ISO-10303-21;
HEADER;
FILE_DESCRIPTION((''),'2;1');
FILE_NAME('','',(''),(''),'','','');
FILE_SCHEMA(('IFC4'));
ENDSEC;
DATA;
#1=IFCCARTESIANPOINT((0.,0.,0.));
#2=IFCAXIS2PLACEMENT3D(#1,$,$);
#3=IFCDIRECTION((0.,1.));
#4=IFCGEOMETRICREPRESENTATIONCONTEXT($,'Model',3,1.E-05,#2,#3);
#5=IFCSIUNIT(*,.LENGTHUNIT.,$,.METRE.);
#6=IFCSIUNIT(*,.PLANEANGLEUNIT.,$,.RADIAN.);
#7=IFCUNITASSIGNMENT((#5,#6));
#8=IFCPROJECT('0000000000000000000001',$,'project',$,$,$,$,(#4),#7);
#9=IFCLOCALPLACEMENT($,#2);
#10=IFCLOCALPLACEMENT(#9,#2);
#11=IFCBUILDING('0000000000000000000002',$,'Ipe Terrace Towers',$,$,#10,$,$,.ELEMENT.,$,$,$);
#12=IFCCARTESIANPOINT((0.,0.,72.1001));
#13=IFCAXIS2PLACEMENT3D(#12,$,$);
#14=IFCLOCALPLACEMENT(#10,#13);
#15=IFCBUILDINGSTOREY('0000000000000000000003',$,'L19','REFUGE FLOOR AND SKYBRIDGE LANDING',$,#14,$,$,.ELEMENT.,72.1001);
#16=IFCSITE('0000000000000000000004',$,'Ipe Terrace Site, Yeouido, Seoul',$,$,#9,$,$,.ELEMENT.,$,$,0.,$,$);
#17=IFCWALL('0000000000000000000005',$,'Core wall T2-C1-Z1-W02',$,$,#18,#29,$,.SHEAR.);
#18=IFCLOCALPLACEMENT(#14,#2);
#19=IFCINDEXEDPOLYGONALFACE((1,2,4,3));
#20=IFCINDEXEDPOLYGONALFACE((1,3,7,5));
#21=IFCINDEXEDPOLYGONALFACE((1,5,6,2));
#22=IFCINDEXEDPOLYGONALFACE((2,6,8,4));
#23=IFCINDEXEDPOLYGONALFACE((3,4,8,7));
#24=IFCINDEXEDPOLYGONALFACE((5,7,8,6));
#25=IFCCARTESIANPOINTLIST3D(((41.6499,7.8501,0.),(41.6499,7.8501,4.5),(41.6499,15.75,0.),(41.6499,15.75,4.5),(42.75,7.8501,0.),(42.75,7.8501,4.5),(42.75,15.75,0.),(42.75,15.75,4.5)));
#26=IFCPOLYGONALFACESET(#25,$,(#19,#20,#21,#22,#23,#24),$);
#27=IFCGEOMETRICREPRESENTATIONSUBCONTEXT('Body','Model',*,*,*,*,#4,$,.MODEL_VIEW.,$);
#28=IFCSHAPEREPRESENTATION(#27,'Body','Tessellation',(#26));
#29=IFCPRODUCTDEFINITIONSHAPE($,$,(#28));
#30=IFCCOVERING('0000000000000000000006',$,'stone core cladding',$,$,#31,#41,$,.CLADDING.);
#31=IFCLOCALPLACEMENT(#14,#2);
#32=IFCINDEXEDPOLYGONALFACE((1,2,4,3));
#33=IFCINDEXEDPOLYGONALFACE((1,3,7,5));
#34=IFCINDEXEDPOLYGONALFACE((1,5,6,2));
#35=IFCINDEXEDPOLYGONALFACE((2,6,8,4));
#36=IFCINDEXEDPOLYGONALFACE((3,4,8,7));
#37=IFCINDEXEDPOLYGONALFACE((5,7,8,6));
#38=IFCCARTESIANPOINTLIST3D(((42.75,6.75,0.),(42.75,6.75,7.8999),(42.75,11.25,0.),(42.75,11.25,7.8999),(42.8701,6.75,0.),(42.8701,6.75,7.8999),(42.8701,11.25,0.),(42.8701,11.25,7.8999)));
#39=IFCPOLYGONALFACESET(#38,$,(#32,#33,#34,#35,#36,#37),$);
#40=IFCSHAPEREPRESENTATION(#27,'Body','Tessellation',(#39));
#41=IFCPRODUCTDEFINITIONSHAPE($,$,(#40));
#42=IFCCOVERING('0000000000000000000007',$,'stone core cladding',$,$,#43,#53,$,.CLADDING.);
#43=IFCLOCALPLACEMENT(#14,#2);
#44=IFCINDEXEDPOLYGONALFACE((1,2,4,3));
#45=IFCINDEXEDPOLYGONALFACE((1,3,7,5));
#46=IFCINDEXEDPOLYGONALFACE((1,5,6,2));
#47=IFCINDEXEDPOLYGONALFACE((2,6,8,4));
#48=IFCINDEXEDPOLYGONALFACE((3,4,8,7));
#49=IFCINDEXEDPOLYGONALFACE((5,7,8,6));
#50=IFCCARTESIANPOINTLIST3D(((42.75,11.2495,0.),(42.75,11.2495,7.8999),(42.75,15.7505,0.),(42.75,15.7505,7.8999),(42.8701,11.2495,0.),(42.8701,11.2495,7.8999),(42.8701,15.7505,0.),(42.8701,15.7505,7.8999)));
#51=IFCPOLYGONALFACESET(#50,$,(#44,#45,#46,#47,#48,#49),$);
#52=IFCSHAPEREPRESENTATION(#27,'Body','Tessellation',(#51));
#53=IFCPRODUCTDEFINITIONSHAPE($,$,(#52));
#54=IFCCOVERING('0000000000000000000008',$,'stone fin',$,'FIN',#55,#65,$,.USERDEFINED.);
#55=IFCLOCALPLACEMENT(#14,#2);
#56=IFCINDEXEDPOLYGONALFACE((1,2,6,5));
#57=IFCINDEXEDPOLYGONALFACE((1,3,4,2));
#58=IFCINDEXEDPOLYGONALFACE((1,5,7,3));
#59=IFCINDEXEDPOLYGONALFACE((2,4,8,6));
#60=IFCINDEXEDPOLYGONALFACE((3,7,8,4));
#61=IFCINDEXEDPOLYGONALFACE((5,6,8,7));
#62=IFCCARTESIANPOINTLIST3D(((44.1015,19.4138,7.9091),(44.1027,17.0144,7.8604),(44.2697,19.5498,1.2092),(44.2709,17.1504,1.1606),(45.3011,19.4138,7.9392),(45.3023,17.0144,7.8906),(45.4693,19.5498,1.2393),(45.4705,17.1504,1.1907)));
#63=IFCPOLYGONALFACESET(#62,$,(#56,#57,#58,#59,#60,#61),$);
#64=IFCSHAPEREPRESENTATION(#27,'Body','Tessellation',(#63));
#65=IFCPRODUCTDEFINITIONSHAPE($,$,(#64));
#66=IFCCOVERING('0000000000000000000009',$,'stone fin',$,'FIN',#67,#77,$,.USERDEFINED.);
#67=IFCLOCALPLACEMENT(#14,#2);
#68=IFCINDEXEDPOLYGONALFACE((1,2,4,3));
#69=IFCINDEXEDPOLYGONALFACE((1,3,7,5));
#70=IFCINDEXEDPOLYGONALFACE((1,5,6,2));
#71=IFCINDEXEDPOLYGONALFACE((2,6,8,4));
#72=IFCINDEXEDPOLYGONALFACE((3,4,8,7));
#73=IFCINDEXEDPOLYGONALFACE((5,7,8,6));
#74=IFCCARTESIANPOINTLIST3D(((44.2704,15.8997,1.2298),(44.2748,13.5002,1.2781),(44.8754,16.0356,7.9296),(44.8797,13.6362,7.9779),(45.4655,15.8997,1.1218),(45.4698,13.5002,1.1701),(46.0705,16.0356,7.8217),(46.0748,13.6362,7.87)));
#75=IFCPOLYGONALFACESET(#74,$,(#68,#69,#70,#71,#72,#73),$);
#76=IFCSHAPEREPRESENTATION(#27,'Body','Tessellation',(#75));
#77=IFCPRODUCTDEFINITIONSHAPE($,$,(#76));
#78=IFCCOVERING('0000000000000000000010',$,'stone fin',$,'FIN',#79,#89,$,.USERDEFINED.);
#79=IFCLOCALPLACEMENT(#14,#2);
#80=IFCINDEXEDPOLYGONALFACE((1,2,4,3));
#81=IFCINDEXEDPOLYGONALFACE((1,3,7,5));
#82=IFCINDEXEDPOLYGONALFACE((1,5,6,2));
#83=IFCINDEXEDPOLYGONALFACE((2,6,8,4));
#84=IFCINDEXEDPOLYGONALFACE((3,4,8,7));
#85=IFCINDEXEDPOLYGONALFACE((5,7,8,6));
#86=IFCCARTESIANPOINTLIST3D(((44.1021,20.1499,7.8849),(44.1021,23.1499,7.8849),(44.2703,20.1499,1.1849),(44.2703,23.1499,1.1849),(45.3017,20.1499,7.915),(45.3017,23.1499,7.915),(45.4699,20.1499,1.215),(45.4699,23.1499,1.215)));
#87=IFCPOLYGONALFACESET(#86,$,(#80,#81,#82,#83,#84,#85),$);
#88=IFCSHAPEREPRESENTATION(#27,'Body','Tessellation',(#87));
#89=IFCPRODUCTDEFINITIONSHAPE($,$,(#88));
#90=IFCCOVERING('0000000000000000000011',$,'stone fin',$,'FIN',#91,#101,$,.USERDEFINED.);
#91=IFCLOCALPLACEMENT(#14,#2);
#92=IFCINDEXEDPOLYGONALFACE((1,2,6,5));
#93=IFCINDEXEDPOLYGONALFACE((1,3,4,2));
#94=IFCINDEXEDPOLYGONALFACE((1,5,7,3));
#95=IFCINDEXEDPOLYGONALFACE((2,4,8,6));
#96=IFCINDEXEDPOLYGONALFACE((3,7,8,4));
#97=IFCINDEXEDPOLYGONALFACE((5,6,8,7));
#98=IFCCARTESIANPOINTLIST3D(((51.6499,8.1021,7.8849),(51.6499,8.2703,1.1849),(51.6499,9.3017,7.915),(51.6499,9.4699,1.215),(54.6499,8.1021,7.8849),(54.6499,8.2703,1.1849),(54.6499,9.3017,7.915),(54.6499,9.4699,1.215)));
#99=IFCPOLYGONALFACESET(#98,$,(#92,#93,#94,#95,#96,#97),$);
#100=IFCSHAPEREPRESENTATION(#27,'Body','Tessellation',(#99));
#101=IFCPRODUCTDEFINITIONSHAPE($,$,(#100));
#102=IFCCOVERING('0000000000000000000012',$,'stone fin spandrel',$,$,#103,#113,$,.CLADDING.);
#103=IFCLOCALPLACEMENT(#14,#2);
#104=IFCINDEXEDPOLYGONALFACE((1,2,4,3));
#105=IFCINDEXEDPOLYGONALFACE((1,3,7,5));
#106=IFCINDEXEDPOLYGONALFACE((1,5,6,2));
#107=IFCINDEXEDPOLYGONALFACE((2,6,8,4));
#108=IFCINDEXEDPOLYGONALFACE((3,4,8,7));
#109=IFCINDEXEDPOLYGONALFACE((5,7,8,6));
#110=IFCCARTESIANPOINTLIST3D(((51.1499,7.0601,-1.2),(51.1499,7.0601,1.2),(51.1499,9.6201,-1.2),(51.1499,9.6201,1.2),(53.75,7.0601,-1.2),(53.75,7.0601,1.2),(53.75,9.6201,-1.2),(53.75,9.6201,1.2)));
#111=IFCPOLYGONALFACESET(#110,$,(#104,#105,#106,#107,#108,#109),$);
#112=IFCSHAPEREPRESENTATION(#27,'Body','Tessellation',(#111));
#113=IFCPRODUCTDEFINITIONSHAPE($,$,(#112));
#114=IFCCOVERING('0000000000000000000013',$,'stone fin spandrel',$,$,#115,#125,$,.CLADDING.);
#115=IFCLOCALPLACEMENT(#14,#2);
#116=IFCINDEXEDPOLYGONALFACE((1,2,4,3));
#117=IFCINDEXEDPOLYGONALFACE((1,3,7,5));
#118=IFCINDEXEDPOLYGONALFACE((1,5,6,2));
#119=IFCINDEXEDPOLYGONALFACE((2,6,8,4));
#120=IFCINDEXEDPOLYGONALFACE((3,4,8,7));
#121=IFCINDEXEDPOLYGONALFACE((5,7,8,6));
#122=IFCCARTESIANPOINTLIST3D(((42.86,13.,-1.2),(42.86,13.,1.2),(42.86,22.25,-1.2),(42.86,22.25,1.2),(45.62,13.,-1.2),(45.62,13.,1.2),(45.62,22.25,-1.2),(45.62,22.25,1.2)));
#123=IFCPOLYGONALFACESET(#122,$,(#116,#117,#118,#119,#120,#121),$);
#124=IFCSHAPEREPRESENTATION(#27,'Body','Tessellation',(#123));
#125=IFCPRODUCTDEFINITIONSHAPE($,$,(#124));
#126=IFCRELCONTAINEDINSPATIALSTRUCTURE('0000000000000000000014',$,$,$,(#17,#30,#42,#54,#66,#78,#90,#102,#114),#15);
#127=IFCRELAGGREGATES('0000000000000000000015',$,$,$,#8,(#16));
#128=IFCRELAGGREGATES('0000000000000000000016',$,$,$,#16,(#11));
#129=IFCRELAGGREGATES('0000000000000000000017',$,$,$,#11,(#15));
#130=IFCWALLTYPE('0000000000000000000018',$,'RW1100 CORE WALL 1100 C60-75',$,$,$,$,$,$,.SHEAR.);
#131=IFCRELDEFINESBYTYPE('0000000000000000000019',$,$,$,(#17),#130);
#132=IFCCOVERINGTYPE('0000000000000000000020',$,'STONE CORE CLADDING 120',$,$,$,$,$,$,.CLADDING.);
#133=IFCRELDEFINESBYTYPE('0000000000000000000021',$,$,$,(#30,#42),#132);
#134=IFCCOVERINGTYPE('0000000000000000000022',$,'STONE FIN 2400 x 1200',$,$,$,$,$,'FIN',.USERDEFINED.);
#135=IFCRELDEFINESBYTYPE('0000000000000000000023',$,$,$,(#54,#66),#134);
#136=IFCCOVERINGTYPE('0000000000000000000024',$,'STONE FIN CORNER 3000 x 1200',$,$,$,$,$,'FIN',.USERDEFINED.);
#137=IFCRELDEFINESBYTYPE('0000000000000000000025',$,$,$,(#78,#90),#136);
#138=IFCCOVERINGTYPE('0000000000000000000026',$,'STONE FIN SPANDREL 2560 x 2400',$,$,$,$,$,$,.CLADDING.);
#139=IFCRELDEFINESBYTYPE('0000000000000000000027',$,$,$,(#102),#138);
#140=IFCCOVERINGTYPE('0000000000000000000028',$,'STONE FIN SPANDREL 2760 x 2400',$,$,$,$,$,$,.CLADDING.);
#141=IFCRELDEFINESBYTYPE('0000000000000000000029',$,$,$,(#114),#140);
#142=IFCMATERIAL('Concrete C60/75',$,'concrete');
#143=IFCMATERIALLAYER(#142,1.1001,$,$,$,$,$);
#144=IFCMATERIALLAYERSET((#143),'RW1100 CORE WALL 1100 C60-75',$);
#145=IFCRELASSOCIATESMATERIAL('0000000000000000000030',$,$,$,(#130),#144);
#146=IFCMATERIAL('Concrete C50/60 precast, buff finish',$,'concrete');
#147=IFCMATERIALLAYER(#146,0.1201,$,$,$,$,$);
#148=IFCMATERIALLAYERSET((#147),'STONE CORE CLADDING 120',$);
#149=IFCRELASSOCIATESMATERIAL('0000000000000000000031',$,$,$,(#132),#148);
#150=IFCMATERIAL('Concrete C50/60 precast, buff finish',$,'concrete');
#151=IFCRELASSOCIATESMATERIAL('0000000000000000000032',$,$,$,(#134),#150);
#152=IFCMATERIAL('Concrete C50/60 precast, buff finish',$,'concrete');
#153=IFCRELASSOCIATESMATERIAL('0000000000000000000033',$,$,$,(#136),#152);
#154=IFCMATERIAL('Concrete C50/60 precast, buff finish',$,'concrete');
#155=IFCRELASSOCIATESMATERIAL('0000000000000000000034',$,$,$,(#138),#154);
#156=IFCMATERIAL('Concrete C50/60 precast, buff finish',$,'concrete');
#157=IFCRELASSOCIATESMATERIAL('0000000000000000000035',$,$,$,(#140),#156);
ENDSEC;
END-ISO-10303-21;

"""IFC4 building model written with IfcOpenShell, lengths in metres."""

from ifc_helpers import new_model, si_unit, direction, frame, frame_2d, origin, origin_2d, place, context, subcontext, project, spatial, rectangle, extrude, material, layer, layer_set, material_profile, profile_set, type_object, element, save


model = new_model("IFC4")

# Units and contexts
model_context = context("Model", 3, precision=1e-05, world=origin(), true_north=direction((0.0, 1.0)))
body_context = subcontext(model_context, "Body", "Model", "MODEL_VIEW")
ifc_project = project(units=[si_unit("LENGTHUNIT", "METRE"), si_unit("PLANEANGLEUNIT", "RADIAN")], contexts=[model_context])

# Site, building, storey
site_placement = place(None, origin())
site = spatial("IfcSite", under=ifc_project, at=site_placement, Name="Ipe Terrace Site, Yeouido, Seoul", CompositionType="ELEMENT", RefElevation=0.0)
building_placement = place(site_placement, origin())
building = spatial("IfcBuilding", under=site, at=building_placement, Name="Ipe Terrace Towers", CompositionType="ELEMENT")
storey_placement = place(building_placement, frame((0.0, 0.0, 72.1001)))
storey = spatial("IfcBuildingStorey", under=building, at=storey_placement, Name="L19", Description="REFUGE FLOOR AND SKYBRIDGE LANDING", CompositionType="ELEMENT", Elevation=72.1001)

# Wall
ifc_material_1 = material(Name="Concrete C60/75", Category="concrete")
ifc_layer_1 = layer(ifc_material_1, 1.1001)
ifc_layer_set_1 = layer_set([ifc_layer_1], Name="RW1100 CORE WALL 1100 C60-75")
wall_type_1 = type_object("IfcWallType", Name="RW1100 CORE WALL 1100 C60-75", PredefinedType="SHEAR", material=ifc_layer_set_1)
wall_1_placement = place(storey_placement, frame((42.2, 7.8501, 0.0), z_axis=(0.0, 0.0, 1.0), x_axis=(0.0, 1.0, 0.0)))
element("IfcWall", 1, at=wall_1_placement, inside=storey, type_object=wall_type_1, Name="Core wall T2-C1-Z1-W02", PredefinedType="SHEAR", context=body_context, shape_type="SweptSolid", body=[
    extrude(rectangle(XDim=7.8999, YDim=1.1001, at=frame_2d((3.95, 0.0))), origin(), (0.0, 0.0, 1.0), 4.5),
])

# Coverings
ifc_material_2 = material(Name="Concrete C50/60 precast, buff finish", Category="concrete")
ifc_layer_2 = layer(ifc_material_2, 0.1201)
ifc_layer_set_2 = layer_set([ifc_layer_2], Name="STONE CORE CLADDING 120")
covering_type_1 = type_object("IfcCoveringType", Name="STONE CORE CLADDING 120", PredefinedType="CLADDING", material=ifc_layer_set_2)
covering_1_placement = place(storey_placement, frame((42.8101, 9.0, 0.0), z_axis=(0.0, 0.0, 1.0), x_axis=(0.0, 1.0, 0.0)))
element("IfcCovering", 2, at=covering_1_placement, inside=storey, type_object=covering_type_1, Name="stone core cladding", PredefinedType="CLADDING", context=body_context, shape_type="SweptSolid", body=[
    extrude(rectangle(XDim=4.5, YDim=0.1201, at=origin_2d()), origin(), (0.0, 0.0, 1.0), 7.8999),
])
covering_2_placement = place(storey_placement, frame((42.8101, 13.5, 0.0), z_axis=(0.0, 0.0, 1.0), x_axis=(0.0, 1.0, 0.0)))
element("IfcCovering", 3, at=covering_2_placement, inside=storey, type_object=covering_type_1, Name="stone core cladding", PredefinedType="CLADDING", context=body_context, shape_type="SweptSolid", body=[
    extrude(rectangle(XDim=4.501, YDim=0.1201, at=origin_2d()), origin(), (0.0, 0.0, 1.0), 7.8999),
])
ifc_material_3 = material(Name="Concrete C50/60 precast, buff finish", Category="concrete")
ifc_material_profile_1 = material_profile(ifc_material_3, rectangle(XDim=2.3999, YDim=1.2, at=origin_2d()), Name="STONE FIN 2400 x 1200")
ifc_profile_set_1 = profile_set([ifc_material_profile_1], Name="Concrete C50/60 precast, buff finish")
covering_type_2 = type_object("IfcCoveringType", Name="STONE FIN 2400 x 1200", ElementType="FIN", PredefinedType="USERDEFINED", material=ifc_profile_set_1)
covering_3_placement = place(storey_placement, frame((44.8701, 18.3501, 1.2), z_axis=(-0.025094, -0.020286, 0.999479), x_axis=(-0.000509, 0.999794, 0.02028)))
element("IfcCovering", 4, at=covering_3_placement, inside=storey, type_object=covering_type_2, Name="stone fin", ObjectType="FIN", PredefinedType="USERDEFINED", context=body_context, shape_type="SweptSolid", body=[
    extrude(rectangle(XDim=2.3999, YDim=1.2, at=origin_2d()), origin(), (0.0, 0.0, 1.0), 6.7034),
])
covering_4_placement = place(storey_placement, frame((44.8701, 14.7, 1.2), z_axis=(0.089912, 0.02021, 0.995745), x_axis=(-0.001818, 0.999796, -0.020128)))
element("IfcCovering", 5, at=covering_4_placement, inside=storey, type_object=covering_type_2, Name="stone fin", ObjectType="FIN", PredefinedType="USERDEFINED", context=body_context, shape_type="SweptSolid", body=[
    extrude(rectangle(XDim=2.3999, YDim=1.2, at=origin_2d()), origin(), (0.0, 0.0, 1.0), 6.7285),
])
ifc_material_4 = material(Name="Concrete C50/60 precast, buff finish", Category="concrete")
ifc_material_profile_2 = material_profile(ifc_material_4, rectangle(XDim=3.0, YDim=1.2, at=origin_2d()), Name="STONE FIN CORNER 3000 x 1200")
ifc_profile_set_2 = profile_set([ifc_material_profile_2], Name="Concrete C50/60 precast, buff finish")
covering_type_3 = type_object("IfcCoveringType", Name="STONE FIN CORNER 3000 x 1200", ElementType="FIN", PredefinedType="USERDEFINED", material=ifc_profile_set_2)
for number, where, z_axis, x_axis, name in (
    (6, (44.8701, 21.6499, 1.2), (-0.025099, 0.0, 0.999685), (0.0, 1.0, 0.0), "stone fin"),
    (7, (53.1499, 8.8701, 1.2), (0.0, -0.025099, 0.999685), (-1.0, 0.0, 0.0), "stone fin"),
):
    element("IfcCovering", number, at=place(storey_placement, frame(where, z_axis=z_axis, x_axis=x_axis)), inside=storey, type_object=covering_type_3, Name=name, ObjectType="FIN", PredefinedType="USERDEFINED", context=body_context, shape_type="SweptSolid", body=[
        extrude(rectangle(XDim=3.0, YDim=1.2, at=origin_2d()), origin(), (0.0, 0.0, 1.0), 6.7021),
    ])
ifc_material_5 = material(Name="Concrete C50/60 precast, buff finish", Category="concrete")
ifc_material_profile_3 = material_profile(ifc_material_5, rectangle(XDim=2.5601, YDim=2.3999, at=origin_2d()), Name="STONE FIN SPANDREL 2560 x 2400")
ifc_profile_set_3 = profile_set([ifc_material_profile_3], Name="Concrete C50/60 precast, buff finish")
covering_type_4 = type_object("IfcCoveringType", Name="STONE FIN SPANDREL 2560 x 2400", PredefinedType="CLADDING", material=ifc_profile_set_3)
covering_5_placement = place(storey_placement, frame((53.75, 8.3401, 0.0), z_axis=(-1.0, 0.0, 0.0), x_axis=(0.0, 1.0, 0.0)))
element("IfcCovering", 8, at=covering_5_placement, inside=storey, type_object=covering_type_4, Name="stone fin spandrel", PredefinedType="CLADDING", context=body_context, shape_type="SweptSolid", body=[
    extrude(rectangle(XDim=2.5601, YDim=2.3999, at=origin_2d()), origin(), (0.0, 0.0, 1.0), 2.6001),
])
ifc_material_6 = material(Name="Concrete C50/60 precast, buff finish", Category="concrete")
ifc_material_profile_4 = material_profile(ifc_material_6, rectangle(XDim=2.76, YDim=2.3999, at=origin_2d()), Name="STONE FIN SPANDREL 2760 x 2400")
ifc_profile_set_4 = profile_set([ifc_material_profile_4], Name="Concrete C50/60 precast, buff finish")
covering_type_5 = type_object("IfcCoveringType", Name="STONE FIN SPANDREL 2760 x 2400", PredefinedType="CLADDING", material=ifc_profile_set_4)
covering_6_placement = place(storey_placement, frame((44.24, 13.0, 0.0), z_axis=(0.0, 1.0, 0.0), x_axis=(1.0, 0.0, 0.0)))
element("IfcCovering", 9, at=covering_6_placement, inside=storey, type_object=covering_type_5, Name="stone fin spandrel", PredefinedType="CLADDING", context=body_context, shape_type="SweptSolid", body=[
    extrude(rectangle(XDim=2.76, YDim=2.3999, at=origin_2d()), origin(), (0.0, 0.0, 1.0), 9.25),
])

save(model, "model.ifc")
